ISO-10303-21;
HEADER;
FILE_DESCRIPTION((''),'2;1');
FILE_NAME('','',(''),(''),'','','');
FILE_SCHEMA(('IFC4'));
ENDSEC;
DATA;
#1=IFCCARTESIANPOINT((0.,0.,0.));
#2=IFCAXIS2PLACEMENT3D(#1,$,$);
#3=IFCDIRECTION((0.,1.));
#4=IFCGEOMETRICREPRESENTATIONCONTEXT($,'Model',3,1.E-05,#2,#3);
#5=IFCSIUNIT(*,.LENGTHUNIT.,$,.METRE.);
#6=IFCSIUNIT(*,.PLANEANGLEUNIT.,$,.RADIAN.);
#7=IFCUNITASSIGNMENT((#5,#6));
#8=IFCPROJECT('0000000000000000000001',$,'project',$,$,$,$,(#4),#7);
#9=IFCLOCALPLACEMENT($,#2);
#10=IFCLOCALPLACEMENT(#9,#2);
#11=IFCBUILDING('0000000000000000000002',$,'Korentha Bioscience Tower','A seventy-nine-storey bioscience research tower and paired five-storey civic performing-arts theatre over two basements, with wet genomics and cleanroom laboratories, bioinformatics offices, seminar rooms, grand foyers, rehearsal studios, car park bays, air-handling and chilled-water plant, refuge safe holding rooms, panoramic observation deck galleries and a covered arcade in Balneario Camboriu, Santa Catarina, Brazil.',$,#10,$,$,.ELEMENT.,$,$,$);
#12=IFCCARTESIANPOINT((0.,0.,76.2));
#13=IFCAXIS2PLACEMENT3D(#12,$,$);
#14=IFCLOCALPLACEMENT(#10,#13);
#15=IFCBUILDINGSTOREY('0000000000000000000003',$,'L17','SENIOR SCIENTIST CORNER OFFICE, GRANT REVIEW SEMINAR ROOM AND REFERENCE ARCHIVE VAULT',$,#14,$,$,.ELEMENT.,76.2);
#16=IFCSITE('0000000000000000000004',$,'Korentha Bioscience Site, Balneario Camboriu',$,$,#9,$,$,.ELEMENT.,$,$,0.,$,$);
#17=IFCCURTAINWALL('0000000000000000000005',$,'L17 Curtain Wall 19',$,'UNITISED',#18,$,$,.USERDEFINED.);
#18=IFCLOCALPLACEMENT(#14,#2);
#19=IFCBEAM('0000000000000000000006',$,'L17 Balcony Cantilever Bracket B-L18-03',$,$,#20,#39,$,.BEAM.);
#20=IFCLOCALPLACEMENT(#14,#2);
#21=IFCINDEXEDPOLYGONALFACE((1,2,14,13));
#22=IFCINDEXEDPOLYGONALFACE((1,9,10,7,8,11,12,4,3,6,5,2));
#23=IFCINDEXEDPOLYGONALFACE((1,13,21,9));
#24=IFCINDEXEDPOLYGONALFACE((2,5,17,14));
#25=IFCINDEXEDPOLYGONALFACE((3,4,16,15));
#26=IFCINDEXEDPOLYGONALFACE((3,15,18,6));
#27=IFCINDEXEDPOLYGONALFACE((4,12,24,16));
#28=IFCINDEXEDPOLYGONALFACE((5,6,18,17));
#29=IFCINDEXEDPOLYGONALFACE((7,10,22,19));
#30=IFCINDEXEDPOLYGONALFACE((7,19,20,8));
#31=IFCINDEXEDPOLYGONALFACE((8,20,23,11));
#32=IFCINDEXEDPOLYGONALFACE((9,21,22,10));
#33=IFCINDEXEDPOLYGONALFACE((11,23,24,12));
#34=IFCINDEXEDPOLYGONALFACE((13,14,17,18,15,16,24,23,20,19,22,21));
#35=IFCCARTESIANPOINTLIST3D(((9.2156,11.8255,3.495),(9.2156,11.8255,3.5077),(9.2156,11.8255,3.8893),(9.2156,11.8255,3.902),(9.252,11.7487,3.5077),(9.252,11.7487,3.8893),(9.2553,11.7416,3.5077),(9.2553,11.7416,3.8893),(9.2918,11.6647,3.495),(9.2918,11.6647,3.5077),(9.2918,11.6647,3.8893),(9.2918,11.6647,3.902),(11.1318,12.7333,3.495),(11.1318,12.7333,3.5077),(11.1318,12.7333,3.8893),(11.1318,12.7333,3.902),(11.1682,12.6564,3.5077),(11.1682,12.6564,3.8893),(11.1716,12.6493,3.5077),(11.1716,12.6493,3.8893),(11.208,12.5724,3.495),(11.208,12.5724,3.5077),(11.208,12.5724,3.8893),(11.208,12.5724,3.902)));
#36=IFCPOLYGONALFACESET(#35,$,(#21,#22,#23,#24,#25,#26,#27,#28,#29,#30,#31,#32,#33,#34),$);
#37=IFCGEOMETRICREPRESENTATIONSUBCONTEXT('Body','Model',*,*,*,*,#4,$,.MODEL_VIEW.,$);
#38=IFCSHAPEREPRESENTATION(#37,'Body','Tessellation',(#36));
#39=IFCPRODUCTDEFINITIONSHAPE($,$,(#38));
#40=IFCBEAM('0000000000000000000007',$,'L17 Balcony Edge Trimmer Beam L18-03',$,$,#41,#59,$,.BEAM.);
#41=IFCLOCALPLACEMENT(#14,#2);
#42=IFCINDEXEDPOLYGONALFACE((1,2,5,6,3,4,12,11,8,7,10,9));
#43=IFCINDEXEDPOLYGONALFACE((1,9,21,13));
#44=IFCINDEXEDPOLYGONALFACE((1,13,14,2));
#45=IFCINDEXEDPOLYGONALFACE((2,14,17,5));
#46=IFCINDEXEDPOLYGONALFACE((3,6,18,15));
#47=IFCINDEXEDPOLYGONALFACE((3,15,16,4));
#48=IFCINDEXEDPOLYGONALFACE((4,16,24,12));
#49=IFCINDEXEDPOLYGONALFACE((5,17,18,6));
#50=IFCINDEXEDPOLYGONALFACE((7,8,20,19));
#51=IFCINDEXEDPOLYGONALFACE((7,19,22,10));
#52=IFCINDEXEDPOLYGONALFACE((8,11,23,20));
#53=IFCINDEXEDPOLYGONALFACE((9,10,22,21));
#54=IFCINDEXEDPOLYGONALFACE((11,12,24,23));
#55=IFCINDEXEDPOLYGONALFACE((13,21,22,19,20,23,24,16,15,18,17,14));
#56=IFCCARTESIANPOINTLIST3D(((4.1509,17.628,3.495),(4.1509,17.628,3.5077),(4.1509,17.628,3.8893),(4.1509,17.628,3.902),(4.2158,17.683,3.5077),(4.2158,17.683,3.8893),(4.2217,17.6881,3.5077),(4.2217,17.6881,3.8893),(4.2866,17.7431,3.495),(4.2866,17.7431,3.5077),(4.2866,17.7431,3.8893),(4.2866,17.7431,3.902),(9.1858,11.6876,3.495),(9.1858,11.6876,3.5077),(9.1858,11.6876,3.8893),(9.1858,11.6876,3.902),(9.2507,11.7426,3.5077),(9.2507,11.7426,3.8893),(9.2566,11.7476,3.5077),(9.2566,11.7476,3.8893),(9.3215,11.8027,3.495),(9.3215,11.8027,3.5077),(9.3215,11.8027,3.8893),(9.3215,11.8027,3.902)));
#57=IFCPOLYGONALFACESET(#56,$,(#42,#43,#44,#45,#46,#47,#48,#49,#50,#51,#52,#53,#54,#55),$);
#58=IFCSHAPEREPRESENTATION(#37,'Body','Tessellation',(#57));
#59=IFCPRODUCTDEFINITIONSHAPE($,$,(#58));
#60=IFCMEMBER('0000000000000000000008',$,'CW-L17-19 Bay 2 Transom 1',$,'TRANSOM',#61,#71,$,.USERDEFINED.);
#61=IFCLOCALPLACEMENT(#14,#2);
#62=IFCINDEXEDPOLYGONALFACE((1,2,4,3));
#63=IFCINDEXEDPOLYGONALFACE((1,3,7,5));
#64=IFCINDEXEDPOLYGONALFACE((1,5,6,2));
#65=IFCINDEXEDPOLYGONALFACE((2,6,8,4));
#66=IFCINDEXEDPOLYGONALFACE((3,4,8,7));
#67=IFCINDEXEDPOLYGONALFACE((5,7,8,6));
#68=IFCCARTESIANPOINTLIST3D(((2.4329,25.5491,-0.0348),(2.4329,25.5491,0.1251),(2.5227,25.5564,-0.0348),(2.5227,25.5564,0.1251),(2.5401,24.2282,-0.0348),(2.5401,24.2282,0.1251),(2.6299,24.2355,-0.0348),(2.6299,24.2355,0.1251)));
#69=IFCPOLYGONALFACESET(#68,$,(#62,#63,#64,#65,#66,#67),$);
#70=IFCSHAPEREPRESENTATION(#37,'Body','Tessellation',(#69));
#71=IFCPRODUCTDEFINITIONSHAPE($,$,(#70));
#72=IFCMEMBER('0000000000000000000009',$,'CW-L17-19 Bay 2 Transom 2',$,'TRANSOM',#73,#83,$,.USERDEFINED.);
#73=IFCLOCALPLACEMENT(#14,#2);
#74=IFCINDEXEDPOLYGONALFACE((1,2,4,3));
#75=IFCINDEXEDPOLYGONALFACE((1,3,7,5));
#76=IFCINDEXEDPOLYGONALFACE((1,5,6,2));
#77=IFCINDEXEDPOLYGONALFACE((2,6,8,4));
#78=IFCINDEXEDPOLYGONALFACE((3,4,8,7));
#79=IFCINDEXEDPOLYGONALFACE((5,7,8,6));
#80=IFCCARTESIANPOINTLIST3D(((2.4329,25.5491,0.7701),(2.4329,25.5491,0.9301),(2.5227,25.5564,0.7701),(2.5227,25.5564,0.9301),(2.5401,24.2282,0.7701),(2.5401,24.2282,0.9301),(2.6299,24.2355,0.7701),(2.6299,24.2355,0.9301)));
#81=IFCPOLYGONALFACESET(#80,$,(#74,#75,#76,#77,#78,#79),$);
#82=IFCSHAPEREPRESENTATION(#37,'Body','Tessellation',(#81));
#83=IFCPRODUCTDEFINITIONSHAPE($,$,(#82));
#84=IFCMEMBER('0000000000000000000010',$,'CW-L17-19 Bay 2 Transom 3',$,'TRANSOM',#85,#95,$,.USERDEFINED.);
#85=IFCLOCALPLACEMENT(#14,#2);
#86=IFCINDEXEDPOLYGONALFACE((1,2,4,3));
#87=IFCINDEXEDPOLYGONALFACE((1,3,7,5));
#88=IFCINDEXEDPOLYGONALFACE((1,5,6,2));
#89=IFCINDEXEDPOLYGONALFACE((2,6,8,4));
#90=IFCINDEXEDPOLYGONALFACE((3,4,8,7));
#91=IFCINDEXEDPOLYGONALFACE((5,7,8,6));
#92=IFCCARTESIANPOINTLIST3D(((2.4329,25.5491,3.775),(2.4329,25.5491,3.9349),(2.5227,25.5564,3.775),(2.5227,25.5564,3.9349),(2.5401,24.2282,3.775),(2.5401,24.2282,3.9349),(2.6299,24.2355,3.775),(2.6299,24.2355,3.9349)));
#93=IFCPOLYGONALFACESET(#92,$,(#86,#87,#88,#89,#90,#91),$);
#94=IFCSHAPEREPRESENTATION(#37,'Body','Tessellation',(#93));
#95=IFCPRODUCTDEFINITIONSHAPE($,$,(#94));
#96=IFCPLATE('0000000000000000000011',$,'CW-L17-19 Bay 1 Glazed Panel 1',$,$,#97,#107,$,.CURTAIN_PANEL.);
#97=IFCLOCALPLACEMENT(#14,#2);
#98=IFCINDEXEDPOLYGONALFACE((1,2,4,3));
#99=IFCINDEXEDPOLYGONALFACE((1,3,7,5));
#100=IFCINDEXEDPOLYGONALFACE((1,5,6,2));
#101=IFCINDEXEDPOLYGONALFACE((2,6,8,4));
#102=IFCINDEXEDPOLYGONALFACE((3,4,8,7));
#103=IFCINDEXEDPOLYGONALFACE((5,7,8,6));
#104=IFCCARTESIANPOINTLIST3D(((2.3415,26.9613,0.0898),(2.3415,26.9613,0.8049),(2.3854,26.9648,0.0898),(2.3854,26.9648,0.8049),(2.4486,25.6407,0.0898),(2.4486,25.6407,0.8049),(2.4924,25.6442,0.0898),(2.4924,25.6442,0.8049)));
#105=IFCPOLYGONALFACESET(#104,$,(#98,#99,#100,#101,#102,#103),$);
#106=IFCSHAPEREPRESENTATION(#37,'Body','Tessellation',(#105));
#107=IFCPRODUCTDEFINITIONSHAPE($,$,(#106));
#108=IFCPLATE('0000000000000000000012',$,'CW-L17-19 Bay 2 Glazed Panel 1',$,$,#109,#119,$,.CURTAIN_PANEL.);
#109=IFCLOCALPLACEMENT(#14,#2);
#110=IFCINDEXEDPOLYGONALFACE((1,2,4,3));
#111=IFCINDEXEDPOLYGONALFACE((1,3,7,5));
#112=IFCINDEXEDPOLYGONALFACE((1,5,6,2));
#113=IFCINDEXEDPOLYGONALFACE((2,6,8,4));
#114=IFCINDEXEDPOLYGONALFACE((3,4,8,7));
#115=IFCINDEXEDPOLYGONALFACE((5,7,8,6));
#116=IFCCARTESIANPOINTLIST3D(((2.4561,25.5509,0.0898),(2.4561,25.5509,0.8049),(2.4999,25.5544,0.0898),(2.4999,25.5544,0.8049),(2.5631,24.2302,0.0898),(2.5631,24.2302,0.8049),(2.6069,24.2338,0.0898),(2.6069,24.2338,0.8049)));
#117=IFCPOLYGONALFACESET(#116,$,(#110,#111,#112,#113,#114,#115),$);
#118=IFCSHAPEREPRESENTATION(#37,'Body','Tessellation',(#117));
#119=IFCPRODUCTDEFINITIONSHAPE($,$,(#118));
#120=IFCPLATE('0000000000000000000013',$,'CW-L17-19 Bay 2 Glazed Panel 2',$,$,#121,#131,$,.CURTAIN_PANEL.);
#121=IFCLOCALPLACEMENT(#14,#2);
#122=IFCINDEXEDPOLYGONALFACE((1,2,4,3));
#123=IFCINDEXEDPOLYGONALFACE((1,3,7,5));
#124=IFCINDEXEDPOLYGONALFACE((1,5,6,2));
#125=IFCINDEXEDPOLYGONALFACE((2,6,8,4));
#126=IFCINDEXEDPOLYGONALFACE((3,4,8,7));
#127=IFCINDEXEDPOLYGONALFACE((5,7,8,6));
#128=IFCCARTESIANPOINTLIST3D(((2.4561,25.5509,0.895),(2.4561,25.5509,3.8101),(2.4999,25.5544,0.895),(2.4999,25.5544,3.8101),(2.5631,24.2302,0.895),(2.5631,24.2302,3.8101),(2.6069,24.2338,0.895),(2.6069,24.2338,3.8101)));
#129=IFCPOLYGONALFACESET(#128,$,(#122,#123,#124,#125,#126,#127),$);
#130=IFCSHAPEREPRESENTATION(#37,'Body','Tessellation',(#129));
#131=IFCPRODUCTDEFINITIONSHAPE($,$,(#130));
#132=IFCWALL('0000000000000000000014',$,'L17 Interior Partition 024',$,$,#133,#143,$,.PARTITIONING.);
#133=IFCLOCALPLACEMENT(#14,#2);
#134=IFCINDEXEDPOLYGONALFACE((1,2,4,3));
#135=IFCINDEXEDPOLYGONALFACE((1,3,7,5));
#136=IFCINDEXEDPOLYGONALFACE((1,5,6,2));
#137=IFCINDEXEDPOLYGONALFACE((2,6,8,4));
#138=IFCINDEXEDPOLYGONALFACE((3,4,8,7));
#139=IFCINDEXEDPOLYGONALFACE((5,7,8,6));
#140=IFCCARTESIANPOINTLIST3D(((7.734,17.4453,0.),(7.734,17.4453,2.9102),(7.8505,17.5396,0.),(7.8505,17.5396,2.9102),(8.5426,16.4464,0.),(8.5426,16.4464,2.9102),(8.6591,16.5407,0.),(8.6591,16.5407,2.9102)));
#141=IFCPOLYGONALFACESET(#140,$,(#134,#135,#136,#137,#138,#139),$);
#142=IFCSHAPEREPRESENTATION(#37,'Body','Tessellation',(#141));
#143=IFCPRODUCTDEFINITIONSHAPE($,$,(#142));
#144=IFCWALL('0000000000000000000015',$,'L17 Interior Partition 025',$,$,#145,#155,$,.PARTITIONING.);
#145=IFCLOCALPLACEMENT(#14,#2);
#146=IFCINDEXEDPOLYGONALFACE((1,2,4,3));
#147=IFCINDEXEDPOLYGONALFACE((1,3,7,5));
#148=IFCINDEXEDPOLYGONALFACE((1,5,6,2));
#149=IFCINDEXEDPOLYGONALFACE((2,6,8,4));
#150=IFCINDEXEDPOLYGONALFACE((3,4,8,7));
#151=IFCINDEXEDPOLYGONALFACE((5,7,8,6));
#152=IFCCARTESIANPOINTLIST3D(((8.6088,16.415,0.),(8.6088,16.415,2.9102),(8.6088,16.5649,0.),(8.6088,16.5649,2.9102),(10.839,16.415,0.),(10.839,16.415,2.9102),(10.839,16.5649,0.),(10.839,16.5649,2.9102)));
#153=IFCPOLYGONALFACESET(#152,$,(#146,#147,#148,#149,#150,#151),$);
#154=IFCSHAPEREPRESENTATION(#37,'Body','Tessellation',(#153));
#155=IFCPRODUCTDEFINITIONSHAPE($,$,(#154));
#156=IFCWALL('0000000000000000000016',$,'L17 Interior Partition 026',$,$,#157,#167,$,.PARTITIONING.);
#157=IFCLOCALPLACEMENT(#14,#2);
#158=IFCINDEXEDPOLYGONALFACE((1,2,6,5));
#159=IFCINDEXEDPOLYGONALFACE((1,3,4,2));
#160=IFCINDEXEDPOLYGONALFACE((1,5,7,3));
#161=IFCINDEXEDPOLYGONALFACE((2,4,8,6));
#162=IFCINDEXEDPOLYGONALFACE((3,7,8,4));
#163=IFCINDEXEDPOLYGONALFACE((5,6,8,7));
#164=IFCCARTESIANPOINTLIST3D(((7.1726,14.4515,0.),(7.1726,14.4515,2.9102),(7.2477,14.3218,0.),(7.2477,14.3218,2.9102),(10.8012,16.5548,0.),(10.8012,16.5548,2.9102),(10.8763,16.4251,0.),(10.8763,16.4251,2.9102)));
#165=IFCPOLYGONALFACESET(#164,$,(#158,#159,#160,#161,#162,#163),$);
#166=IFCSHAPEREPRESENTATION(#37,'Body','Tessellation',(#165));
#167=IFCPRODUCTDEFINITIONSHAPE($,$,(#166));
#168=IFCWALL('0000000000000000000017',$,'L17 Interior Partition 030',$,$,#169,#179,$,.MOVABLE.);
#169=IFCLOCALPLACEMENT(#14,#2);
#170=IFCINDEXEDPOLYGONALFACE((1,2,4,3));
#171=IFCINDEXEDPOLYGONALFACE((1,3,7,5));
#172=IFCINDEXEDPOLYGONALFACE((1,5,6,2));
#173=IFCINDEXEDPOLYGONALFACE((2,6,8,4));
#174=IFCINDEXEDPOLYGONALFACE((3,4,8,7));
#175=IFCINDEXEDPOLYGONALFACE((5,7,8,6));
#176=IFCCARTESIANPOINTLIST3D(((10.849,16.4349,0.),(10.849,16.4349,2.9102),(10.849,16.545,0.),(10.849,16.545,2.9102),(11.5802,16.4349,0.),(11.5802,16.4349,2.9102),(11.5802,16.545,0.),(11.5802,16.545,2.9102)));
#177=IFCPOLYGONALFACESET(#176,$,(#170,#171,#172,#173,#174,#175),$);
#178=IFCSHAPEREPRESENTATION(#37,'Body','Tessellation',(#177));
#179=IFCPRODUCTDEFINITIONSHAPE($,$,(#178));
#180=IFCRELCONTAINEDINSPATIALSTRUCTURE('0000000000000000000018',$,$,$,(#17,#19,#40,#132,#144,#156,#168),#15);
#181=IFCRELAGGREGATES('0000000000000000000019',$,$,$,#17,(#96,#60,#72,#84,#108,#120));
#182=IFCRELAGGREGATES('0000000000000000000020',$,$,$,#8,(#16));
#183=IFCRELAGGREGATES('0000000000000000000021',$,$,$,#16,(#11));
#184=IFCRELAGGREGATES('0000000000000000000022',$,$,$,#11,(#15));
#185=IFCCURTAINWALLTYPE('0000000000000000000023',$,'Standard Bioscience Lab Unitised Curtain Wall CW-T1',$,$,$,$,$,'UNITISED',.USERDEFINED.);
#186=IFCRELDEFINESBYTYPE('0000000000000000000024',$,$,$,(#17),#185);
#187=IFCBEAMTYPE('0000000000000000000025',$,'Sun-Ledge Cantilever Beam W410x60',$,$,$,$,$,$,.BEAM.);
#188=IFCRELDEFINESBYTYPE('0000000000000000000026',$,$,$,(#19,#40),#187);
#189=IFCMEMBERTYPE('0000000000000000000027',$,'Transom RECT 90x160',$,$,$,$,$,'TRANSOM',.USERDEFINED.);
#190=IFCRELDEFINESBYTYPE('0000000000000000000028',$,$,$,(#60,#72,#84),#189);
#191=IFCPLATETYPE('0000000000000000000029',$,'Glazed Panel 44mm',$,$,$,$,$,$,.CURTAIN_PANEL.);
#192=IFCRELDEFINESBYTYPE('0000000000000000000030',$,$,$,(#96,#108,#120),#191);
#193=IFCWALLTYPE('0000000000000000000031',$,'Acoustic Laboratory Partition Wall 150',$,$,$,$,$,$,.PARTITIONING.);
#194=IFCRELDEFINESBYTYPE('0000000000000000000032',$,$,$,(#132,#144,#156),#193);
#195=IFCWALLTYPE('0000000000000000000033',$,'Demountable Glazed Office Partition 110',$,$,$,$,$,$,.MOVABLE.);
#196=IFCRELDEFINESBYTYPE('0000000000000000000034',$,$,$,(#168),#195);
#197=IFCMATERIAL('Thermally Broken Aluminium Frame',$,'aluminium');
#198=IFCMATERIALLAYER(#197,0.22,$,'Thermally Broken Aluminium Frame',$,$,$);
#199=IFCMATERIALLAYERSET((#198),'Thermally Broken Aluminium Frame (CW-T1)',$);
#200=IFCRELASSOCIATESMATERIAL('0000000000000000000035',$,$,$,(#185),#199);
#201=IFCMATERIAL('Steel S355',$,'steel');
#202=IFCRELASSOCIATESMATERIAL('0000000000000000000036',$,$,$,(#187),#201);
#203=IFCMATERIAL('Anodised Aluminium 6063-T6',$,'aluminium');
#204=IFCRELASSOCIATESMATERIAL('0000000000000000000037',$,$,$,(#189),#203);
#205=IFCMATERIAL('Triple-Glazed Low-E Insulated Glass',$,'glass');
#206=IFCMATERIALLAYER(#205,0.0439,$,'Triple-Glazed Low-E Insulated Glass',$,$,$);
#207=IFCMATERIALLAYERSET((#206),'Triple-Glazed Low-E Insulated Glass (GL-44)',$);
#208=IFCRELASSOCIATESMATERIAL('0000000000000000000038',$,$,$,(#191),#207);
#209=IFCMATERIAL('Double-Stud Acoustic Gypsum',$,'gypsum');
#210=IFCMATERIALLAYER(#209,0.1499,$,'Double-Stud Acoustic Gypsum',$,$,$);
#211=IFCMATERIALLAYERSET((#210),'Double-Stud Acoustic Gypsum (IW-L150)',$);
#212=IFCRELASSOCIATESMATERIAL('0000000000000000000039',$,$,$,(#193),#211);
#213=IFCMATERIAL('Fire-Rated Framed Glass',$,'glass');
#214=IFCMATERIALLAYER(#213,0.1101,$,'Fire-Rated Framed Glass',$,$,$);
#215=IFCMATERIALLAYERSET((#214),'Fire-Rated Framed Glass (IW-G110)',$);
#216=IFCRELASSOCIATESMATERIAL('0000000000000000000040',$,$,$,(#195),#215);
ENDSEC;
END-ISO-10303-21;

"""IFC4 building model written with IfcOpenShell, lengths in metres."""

from ifc_helpers import new_model, si_unit, direction, frame, frame_2d, origin, origin_2d, place, context, subcontext, project, spatial, rectangle, i_section, extrude, material, layer, layer_set, material_profile, profile_set, type_object, element, aggregate, save


model = new_model("IFC4")

# Units and contexts
model_context = context("Model", 3, precision=1e-05, world=origin(), true_north=direction((0.0, 1.0)))
body_context = subcontext(model_context, "Body", "Model", "MODEL_VIEW")
ifc_project = project(units=[si_unit("LENGTHUNIT", "METRE"), si_unit("PLANEANGLEUNIT", "RADIAN")], contexts=[model_context])

# Site, building, storey
site_placement = place(None, origin())
site = spatial("IfcSite", under=ifc_project, at=site_placement, Name="Korentha Bioscience Site, Balneario Camboriu", CompositionType="ELEMENT", RefElevation=0.0)
building_placement = place(site_placement, origin())
building = spatial("IfcBuilding", under=site, at=building_placement, Name="Korentha Bioscience Tower", Description="A seventy-nine-storey bioscience research tower and paired five-storey civic performing-arts theatre over two basements, with wet genomics and cleanroom laboratories, bioinformatics offices, seminar rooms, grand foyers, rehearsal studios, car park bays, air-handling and chilled-water plant, refuge safe holding rooms, panoramic observation deck galleries and a covered arcade in Balneario Camboriu, Santa Catarina, Brazil.", CompositionType="ELEMENT")
storey_placement = place(building_placement, frame((0.0, 0.0, 76.2)))
storey = spatial("IfcBuildingStorey", under=building, at=storey_placement, Name="L17", Description="SENIOR SCIENTIST CORNER OFFICE, GRANT REVIEW SEMINAR ROOM AND REFERENCE ARCHIVE VAULT", CompositionType="ELEMENT", Elevation=76.2)

# Curtain wall
ifc_material_1 = material(Name="Thermally Broken Aluminium Frame", Category="aluminium")
ifc_layer_1 = layer(ifc_material_1, 0.22, Name="Thermally Broken Aluminium Frame")
ifc_layer_set_1 = layer_set([ifc_layer_1], Name="Thermally Broken Aluminium Frame (CW-T1)")
curtain_wall_type = type_object("IfcCurtainWallType", Name="Standard Bioscience Lab Unitised Curtain Wall CW-T1", ElementType="UNITISED", PredefinedType="USERDEFINED", material=ifc_layer_set_1)
curtain_wall_placement = place(storey_placement, origin())
curtain_wall = element("IfcCurtainWall", 1, at=curtain_wall_placement, inside=storey, type_object=curtain_wall_type, Name="L17 Curtain Wall 19", ObjectType="UNITISED", PredefinedType="USERDEFINED")
ifc_material_2 = material(Name="Anodised Aluminium 6063-T6", Category="aluminium")

# Beams
ifc_material_3 = material(Name="Steel S355", Category="steel")
ifc_material_profile_1 = material_profile(ifc_material_3, i_section(OverallWidth=0.178, OverallDepth=0.407, WebThickness=0.0078, FlangeThickness=0.0127, at=origin_2d()), Name="Steel S355")
ifc_profile_set_1 = profile_set([ifc_material_profile_1], Name="Steel S355 (CB-410)")
beam_type_1 = type_object("IfcBeamType", Name="Sun-Ledge Cantilever Beam W410x60", PredefinedType="BEAM", material=ifc_profile_set_1)
beam_1_placement = place(storey_placement, frame((11.1699, 12.6528, 3.6985), z_axis=(-0.903735, -0.428091, 0.0), x_axis=(0.428091, -0.903735, 0.0)))
element("IfcBeam", 2, at=beam_1_placement, inside=storey, type_object=beam_type_1, Name="L17 Balcony Cantilever Bracket B-L18-03", PredefinedType="BEAM", context=body_context, shape_type="SweptSolid", body=[
    extrude(i_section(OverallWidth=0.178, OverallDepth=0.407, WebThickness=0.0078, FlangeThickness=0.0127, at=origin_2d()), origin(), (0.0, 0.0, 1.0), 2.1204),
])
beam_2_placement = place(storey_placement, frame((4.2188, 17.6855, 3.6985), z_axis=(0.64657, -0.762854, 0.0), x_axis=(0.762854, 0.64657, 0.0)))
element("IfcBeam", 3, at=beam_2_placement, inside=storey, type_object=beam_type_1, Name="L17 Balcony Edge Trimmer Beam L18-03", PredefinedType="BEAM", context=body_context, shape_type="SweptSolid", body=[
    extrude(i_section(OverallWidth=0.178, OverallDepth=0.407, WebThickness=0.0078, FlangeThickness=0.0127, at=origin_2d()), origin(), (0.0, 0.0, 1.0), 7.7871),
])

# Members
ifc_material_profile_2 = material_profile(ifc_material_2, rectangle(XDim=0.0901, YDim=0.1599, at=origin_2d()), Name="Anodised Aluminium 6063-T6")
ifc_profile_set_2 = profile_set([ifc_material_profile_2], Name="Anodised Aluminium 6063-T6 (CW-TRN)")
member_type_1 = type_object("IfcMemberType", Name="Transom RECT 90x160", ElementType="TRANSOM", PredefinedType="USERDEFINED", material=ifc_profile_set_2)
member_1_placement = place(storey_placement, frame((2.4778, 25.5527, 0.0452), z_axis=(0.08088, -0.996724, 0.0), x_axis=(0.996724, 0.08088, 0.0)))
member_1 = element("IfcMember", 4, at=member_1_placement, type_object=member_type_1, Name="CW-L17-19 Bay 2 Transom 1", ObjectType="TRANSOM", PredefinedType="USERDEFINED", context=body_context, shape_type="SweptSolid", body=[
    extrude(rectangle(XDim=0.0901, YDim=0.1599, at=origin_2d()), origin(), (0.0, 0.0, 1.0), 1.3252),
])
member_2_placement = place(storey_placement, frame((2.4778, 25.5527, 0.8501), z_axis=(0.08088, -0.996724, 0.0), x_axis=(0.996724, 0.08088, 0.0)))
member_2 = element("IfcMember", 5, at=member_2_placement, type_object=member_type_1, Name="CW-L17-19 Bay 2 Transom 2", ObjectType="TRANSOM", PredefinedType="USERDEFINED", context=body_context, shape_type="SweptSolid", body=[
    extrude(rectangle(XDim=0.0901, YDim=0.1599, at=origin_2d()), origin(), (0.0, 0.0, 1.0), 1.3252),
])
member_3_placement = place(storey_placement, frame((2.4778, 25.5527, 3.855), z_axis=(0.08088, -0.996724, 0.0), x_axis=(0.996724, 0.08088, 0.0)))
member_3 = element("IfcMember", 6, at=member_3_placement, type_object=member_type_1, Name="CW-L17-19 Bay 2 Transom 3", ObjectType="TRANSOM", PredefinedType="USERDEFINED", context=body_context, shape_type="SweptSolid", body=[
    extrude(rectangle(XDim=0.0901, YDim=0.1599, at=origin_2d()), origin(), (0.0, 0.0, 1.0), 1.3252),
])

# Plates
ifc_material_4 = material(Name="Triple-Glazed Low-E Insulated Glass", Category="glass")
ifc_layer_2 = layer(ifc_material_4, 0.0439, Name="Triple-Glazed Low-E Insulated Glass")
ifc_layer_set_2 = layer_set([ifc_layer_2], Name="Triple-Glazed Low-E Insulated Glass (GL-44)")
plate_type = type_object("IfcPlateType", Name="Glazed Panel 44mm", PredefinedType="CURTAIN_PANEL", material=ifc_layer_set_2)
plate_1_placement = place(storey_placement, frame((2.417, 26.3027, 0.0898), z_axis=(0.0, 0.0, 1.0), x_axis=(0.08082, -0.996729, 0.0)))
plate_1 = element("IfcPlate", 7, at=plate_1_placement, type_object=plate_type, Name="CW-L17-19 Bay 1 Glazed Panel 1", PredefinedType="CURTAIN_PANEL", context=body_context, shape_type="SweptSolid", body=[
    extrude(rectangle(XDim=1.325, YDim=0.0439, at=origin_2d()), origin(), (0.0, 0.0, 1.0), 0.7151),
])
plate_2_placement = place(storey_placement, frame((2.5315, 24.8923, 0.0898), z_axis=(0.0, 0.0, 1.0), x_axis=(0.08082, -0.996729, 0.0)))
plate_2 = element("IfcPlate", 8, at=plate_2_placement, type_object=plate_type, Name="CW-L17-19 Bay 2 Glazed Panel 1", PredefinedType="CURTAIN_PANEL", context=body_context, shape_type="SweptSolid", body=[
    extrude(rectangle(XDim=1.325, YDim=0.0439, at=origin_2d()), origin(), (0.0, 0.0, 1.0), 0.7151),
])
plate_3_placement = place(storey_placement, frame((2.5315, 24.8923, 0.895), z_axis=(0.0, 0.0, 1.0), x_axis=(0.08082, -0.996729, 0.0)))
plate_3 = element("IfcPlate", 9, at=plate_3_placement, type_object=plate_type, Name="CW-L17-19 Bay 2 Glazed Panel 2", PredefinedType="CURTAIN_PANEL", context=body_context, shape_type="SweptSolid", body=[
    extrude(rectangle(XDim=1.325, YDim=0.0439, at=origin_2d()), origin(), (0.0, 0.0, 1.0), 2.915),
])
aggregate(curtain_wall, [plate_1, member_1, member_2, member_3, plate_2, plate_3])

# Walls
ifc_material_5 = material(Name="Double-Stud Acoustic Gypsum", Category="gypsum")
ifc_layer_3 = layer(ifc_material_5, 0.1499, Name="Double-Stud Acoustic Gypsum")
ifc_layer_set_3 = layer_set([ifc_layer_3], Name="Double-Stud Acoustic Gypsum (IW-L150)")
wall_type_1 = type_object("IfcWallType", Name="Acoustic Laboratory Partition Wall 150", PredefinedType="PARTITIONING", material=ifc_layer_set_3)
wall_1_placement = place(storey_placement, frame((7.7922, 17.4924, 0.0), z_axis=(0.0, 0.0, 1.0), x_axis=(0.629226, -0.777223, 0.0)))
element("IfcWall", 10, at=wall_1_placement, inside=storey, type_object=wall_type_1, Name="L17 Interior Partition 024", PredefinedType="PARTITIONING", context=body_context, shape_type="SweptSolid", body=[
    extrude(rectangle(XDim=1.2852, YDim=0.1499, at=frame_2d((0.6426, 0.0))), origin(), (0.0, 0.0, 1.0), 2.9102),
])
wall_2_placement = place(storey_placement, frame((8.6086, 16.49, 0.0), z_axis=(0.0, 0.0, 1.0), x_axis=(1.0, 0.0, 0.0)))
element("IfcWall", 11, at=wall_2_placement, inside=storey, type_object=wall_type_1, Name="L17 Interior Partition 025", PredefinedType="PARTITIONING", context=body_context, shape_type="SweptSolid", body=[
    extrude(rectangle(XDim=2.2302, YDim=0.1499, at=frame_2d((1.1152, 0.0))), origin(), (0.0, 0.0, 1.0), 2.9102),
])
wall_3_placement = place(storey_placement, frame((10.8389, 16.49, 0.0), z_axis=(0.0, 0.0, 1.0), x_axis=(-0.865171, -0.501477, 0.0)))
element("IfcWall", 12, at=wall_3_placement, inside=storey, type_object=wall_type_1, Name="L17 Interior Partition 026", PredefinedType="PARTITIONING", context=body_context, shape_type="SweptSolid", body=[
    extrude(rectangle(XDim=4.1941, YDim=0.1499, at=frame_2d((2.0972, 0.0))), origin(), (0.0, 0.0, 1.0), 2.9102),
])
ifc_material_6 = material(Name="Fire-Rated Framed Glass", Category="glass")
ifc_layer_4 = layer(ifc_material_6, 0.1101, Name="Fire-Rated Framed Glass")
ifc_layer_set_4 = layer_set([ifc_layer_4], Name="Fire-Rated Framed Glass (IW-G110)")
wall_type_2 = type_object("IfcWallType", Name="Demountable Glazed Office Partition 110", PredefinedType="MOVABLE", material=ifc_layer_set_4)
wall_4_placement = place(storey_placement, frame((10.8489, 16.49, 0.0), z_axis=(0.0, 0.0, 1.0), x_axis=(1.0, 0.0, 0.0)))
element("IfcWall", 13, at=wall_4_placement, inside=storey, type_object=wall_type_2, Name="L17 Interior Partition 030", PredefinedType="MOVABLE", context=body_context, shape_type="SweptSolid", body=[
    extrude(rectangle(XDim=0.7312, YDim=0.1101, at=frame_2d((0.3657, 0.0))), origin(), (0.0, 0.0, 1.0), 2.9102),
])

save(model, "model.ifc")
